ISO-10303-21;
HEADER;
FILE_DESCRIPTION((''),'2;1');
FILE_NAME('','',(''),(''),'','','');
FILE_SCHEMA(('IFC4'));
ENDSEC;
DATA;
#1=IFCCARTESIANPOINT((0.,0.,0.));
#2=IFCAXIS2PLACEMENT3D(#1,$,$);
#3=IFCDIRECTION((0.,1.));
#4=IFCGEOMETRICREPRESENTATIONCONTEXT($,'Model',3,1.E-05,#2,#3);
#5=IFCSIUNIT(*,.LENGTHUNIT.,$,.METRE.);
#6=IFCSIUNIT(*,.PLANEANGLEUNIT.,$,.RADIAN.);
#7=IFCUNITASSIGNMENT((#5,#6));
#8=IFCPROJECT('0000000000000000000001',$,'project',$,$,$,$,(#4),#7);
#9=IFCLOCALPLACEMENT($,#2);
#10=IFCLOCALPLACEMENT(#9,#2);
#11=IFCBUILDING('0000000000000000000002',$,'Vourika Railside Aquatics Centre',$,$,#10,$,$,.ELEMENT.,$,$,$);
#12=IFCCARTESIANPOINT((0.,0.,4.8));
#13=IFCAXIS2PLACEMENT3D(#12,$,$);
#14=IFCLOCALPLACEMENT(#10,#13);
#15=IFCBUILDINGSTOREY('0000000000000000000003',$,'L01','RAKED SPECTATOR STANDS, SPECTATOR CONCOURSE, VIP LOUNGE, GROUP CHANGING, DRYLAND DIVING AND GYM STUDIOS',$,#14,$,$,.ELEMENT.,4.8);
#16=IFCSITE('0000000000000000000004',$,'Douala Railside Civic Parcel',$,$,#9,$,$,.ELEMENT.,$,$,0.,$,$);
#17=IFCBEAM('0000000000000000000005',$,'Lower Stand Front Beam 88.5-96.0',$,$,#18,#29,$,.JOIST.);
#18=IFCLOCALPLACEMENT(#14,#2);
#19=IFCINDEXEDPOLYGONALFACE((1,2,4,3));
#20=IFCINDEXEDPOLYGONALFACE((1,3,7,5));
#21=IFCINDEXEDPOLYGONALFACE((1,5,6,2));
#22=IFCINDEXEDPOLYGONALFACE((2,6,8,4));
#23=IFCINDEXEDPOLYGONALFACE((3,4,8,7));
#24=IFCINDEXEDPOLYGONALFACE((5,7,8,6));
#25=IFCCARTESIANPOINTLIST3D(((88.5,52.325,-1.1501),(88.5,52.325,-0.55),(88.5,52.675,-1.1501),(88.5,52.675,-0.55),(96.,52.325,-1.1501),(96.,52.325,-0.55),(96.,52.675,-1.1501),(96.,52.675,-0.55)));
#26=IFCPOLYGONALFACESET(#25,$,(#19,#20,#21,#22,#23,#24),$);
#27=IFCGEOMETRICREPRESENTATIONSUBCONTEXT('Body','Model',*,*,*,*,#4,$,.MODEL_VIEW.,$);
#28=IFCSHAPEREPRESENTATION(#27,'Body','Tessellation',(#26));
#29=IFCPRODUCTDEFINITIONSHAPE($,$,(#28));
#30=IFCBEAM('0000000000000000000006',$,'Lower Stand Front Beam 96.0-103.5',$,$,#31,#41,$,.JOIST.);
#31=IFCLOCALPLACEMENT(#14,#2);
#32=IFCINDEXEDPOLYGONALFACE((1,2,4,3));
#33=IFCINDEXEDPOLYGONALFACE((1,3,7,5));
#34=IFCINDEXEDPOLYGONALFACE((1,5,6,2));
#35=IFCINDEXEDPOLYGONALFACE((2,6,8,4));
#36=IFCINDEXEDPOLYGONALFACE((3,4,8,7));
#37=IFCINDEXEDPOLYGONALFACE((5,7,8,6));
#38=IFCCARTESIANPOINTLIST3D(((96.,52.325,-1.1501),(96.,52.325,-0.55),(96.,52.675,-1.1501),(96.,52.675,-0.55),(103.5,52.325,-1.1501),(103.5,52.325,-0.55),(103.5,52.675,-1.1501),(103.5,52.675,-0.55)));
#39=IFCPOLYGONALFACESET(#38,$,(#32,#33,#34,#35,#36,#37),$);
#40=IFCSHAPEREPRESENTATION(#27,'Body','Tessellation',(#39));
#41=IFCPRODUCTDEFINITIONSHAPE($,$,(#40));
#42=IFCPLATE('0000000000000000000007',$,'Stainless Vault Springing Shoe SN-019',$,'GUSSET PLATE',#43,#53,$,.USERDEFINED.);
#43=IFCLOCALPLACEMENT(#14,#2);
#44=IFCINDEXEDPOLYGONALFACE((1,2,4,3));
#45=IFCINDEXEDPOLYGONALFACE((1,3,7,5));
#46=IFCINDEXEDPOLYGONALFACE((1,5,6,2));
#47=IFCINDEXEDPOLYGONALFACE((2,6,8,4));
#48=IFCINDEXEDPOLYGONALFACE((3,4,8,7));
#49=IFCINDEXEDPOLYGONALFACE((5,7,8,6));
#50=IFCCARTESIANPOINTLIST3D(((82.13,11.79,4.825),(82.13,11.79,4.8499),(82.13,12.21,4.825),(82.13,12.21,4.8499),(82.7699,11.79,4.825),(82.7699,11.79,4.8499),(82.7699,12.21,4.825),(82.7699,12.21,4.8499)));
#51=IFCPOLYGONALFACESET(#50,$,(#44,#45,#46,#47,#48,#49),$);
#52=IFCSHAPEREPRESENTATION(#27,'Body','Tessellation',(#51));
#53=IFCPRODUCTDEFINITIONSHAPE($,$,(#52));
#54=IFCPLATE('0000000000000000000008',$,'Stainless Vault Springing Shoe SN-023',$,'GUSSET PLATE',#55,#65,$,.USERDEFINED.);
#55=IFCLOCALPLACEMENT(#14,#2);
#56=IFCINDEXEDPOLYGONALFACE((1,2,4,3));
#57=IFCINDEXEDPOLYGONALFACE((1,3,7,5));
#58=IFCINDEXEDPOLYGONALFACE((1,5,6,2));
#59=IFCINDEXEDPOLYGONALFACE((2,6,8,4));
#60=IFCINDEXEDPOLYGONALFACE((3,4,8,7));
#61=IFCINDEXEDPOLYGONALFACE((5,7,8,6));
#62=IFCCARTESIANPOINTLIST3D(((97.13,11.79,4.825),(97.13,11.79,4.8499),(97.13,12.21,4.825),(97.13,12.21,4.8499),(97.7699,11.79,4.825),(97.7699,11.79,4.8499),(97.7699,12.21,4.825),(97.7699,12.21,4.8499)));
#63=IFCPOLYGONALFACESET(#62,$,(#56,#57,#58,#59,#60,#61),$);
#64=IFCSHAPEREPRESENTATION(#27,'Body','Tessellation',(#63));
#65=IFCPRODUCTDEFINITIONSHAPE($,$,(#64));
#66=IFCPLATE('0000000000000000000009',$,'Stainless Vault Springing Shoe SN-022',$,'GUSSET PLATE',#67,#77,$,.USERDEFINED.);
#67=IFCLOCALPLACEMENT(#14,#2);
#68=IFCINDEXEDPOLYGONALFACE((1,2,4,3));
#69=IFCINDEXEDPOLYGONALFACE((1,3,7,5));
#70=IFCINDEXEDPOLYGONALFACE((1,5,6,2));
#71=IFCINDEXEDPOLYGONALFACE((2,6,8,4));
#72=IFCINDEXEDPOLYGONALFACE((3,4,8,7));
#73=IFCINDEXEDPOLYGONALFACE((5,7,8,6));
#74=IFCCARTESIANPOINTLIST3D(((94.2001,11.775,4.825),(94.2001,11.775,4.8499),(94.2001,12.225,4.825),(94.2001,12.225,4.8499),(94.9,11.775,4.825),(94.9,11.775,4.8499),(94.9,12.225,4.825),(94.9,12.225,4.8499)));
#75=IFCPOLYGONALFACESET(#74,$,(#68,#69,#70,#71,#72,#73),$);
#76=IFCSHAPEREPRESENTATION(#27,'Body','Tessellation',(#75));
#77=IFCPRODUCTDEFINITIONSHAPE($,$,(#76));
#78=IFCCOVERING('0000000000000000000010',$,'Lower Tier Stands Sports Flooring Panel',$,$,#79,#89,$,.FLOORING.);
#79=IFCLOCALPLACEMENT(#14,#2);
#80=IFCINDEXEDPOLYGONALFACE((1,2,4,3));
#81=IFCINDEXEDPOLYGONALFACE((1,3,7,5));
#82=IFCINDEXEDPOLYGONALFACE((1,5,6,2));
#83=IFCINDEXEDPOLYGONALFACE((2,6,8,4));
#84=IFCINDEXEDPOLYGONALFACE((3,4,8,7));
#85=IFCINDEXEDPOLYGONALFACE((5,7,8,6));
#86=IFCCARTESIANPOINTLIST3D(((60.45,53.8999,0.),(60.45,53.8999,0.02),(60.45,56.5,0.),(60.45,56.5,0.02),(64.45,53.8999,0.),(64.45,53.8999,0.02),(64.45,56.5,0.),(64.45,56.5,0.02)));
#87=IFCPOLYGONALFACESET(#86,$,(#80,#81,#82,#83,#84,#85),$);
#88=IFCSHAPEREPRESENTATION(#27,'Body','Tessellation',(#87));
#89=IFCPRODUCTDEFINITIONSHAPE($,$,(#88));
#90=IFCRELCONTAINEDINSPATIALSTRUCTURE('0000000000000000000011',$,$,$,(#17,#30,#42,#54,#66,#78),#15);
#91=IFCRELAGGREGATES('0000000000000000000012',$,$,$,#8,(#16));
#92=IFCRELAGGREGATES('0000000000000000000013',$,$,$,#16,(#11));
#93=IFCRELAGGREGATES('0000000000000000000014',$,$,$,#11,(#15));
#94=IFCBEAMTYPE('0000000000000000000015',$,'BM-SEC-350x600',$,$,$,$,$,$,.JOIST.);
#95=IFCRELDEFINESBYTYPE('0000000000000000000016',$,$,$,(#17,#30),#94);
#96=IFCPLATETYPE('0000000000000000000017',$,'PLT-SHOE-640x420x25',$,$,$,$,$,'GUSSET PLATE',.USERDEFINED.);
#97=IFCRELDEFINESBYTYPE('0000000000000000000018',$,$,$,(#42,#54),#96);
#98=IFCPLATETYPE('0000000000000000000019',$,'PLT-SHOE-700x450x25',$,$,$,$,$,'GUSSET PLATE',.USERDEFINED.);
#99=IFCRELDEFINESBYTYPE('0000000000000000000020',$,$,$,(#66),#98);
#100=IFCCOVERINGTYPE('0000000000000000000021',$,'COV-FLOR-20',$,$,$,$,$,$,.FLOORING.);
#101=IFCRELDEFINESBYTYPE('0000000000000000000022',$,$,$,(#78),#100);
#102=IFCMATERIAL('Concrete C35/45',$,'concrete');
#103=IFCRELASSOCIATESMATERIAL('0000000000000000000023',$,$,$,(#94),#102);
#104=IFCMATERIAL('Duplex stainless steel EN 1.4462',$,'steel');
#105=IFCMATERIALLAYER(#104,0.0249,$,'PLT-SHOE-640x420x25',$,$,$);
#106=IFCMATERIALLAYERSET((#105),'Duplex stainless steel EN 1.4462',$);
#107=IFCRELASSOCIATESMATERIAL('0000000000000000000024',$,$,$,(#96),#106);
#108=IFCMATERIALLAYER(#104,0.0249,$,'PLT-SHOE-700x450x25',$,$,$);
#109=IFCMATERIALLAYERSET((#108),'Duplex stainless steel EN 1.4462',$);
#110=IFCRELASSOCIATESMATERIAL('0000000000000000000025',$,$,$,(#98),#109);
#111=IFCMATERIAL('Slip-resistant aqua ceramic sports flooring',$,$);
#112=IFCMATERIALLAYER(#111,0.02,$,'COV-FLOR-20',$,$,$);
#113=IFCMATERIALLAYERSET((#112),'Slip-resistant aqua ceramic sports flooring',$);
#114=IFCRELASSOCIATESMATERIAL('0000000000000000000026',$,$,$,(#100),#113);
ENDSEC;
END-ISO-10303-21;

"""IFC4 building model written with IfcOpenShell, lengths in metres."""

from ifc_helpers import new_model, si_unit, direction, frame, origin, origin_2d, place, context, subcontext, project, spatial, rectangle, extrude, material, layer, layer_set, material_profile, profile_set, type_object, element, save


model = new_model("IFC4")

# Units and contexts
model_context = context("Model", 3, precision=1e-05, world=origin(), true_north=direction((0.0, 1.0)))
body_context = subcontext(model_context, "Body", "Model", "MODEL_VIEW")
ifc_project = project(units=[si_unit("LENGTHUNIT", "METRE"), si_unit("PLANEANGLEUNIT", "RADIAN")], contexts=[model_context])

# Site, building, storey
site_placement = place(None, origin())
site = spatial("IfcSite", under=ifc_project, at=site_placement, Name="Douala Railside Civic Parcel", CompositionType="ELEMENT", RefElevation=0.0)
building_placement = place(site_placement, origin())
building = spatial("IfcBuilding", under=site, at=building_placement, Name="Vourika Railside Aquatics Centre", CompositionType="ELEMENT")
storey_placement = place(building_placement, frame((0.0, 0.0, 4.8)))
storey = spatial("IfcBuildingStorey", under=building, at=storey_placement, Name="L01", Description="RAKED SPECTATOR STANDS, SPECTATOR CONCOURSE, VIP LOUNGE, GROUP CHANGING, DRYLAND DIVING AND GYM STUDIOS", CompositionType="ELEMENT", Elevation=4.8)

# Beams
ifc_material_1 = material(Name="Concrete C35/45", Category="concrete")
ifc_material_profile_1 = material_profile(ifc_material_1, rectangle(XDim=0.3501, YDim=0.6001, at=origin_2d()), Name="RC 350x600")
ifc_profile_set_1 = profile_set([ifc_material_profile_1], Name="Concrete C35/45")
beam_type_1 = type_object("IfcBeamType", Name="BM-SEC-350x600", PredefinedType="JOIST", material=ifc_profile_set_1)
for number, where, z_axis, x_axis, name in (
    (1, (88.5, 52.5, -0.8501), (1.0, 0.0, 0.0), (0.0, 1.0, 0.0), "Lower Stand Front Beam 88.5-96.0"),
    (2, (96.0, 52.5, -0.8501), (1.0, 0.0, 0.0), (0.0, 1.0, 0.0), "Lower Stand Front Beam 96.0-103.5"),
):
    element("IfcBeam", number, at=place(storey_placement, frame(where, z_axis=z_axis, x_axis=x_axis)), inside=storey, type_object=beam_type_1, Name=name, PredefinedType="JOIST", context=body_context, shape_type="SweptSolid", body=[
        extrude(rectangle(XDim=0.3501, YDim=0.6001, at=origin_2d()), origin(), (0.0, 0.0, 1.0), 7.5),
    ])

# Plates
ifc_material_2 = material(Name="Duplex stainless steel EN 1.4462", Category="steel")
ifc_layer_1 = layer(ifc_material_2, 0.0249, Name="PLT-SHOE-640x420x25")
ifc_layer_set_1 = layer_set([ifc_layer_1], Name="Duplex stainless steel EN 1.4462")
plate_type_1 = type_object("IfcPlateType", Name="PLT-SHOE-640x420x25", ElementType="GUSSET PLATE", PredefinedType="USERDEFINED", material=ifc_layer_set_1)
for number, where, z_axis, x_axis, name in (
    (3, (82.45, 12.0, 4.825), (0.0, 0.0, 1.0), (1.0, 0.0, 0.0), "Stainless Vault Springing Shoe SN-019"),
    (4, (97.45, 12.0, 4.825), (0.0, 0.0, 1.0), (1.0, 0.0, 0.0), "Stainless Vault Springing Shoe SN-023"),
):
    element("IfcPlate", number, at=place(storey_placement, frame(where, z_axis=z_axis, x_axis=x_axis)), inside=storey, type_object=plate_type_1, Name=name, ObjectType="GUSSET PLATE", PredefinedType="USERDEFINED", context=body_context, shape_type="SweptSolid", body=[
        extrude(rectangle(XDim=0.6399, YDim=0.4199, at=origin_2d()), origin(), (0.0, 0.0, 1.0), 0.0249),
    ])
ifc_layer_2 = layer(ifc_material_2, 0.0249, Name="PLT-SHOE-700x450x25")
ifc_layer_set_2 = layer_set([ifc_layer_2], Name="Duplex stainless steel EN 1.4462")
plate_type_2 = type_object("IfcPlateType", Name="PLT-SHOE-700x450x25", ElementType="GUSSET PLATE", PredefinedType="USERDEFINED", material=ifc_layer_set_2)
plate_placement = place(storey_placement, frame((94.55, 12.0, 4.825), z_axis=(0.0, 0.0, 1.0), x_axis=(1.0, 0.0, 0.0)))
element("IfcPlate", 5, at=plate_placement, inside=storey, type_object=plate_type_2, Name="Stainless Vault Springing Shoe SN-022", ObjectType="GUSSET PLATE", PredefinedType="USERDEFINED", context=body_context, shape_type="SweptSolid", body=[
    extrude(rectangle(XDim=0.7, YDim=0.45, at=origin_2d()), origin(), (0.0, 0.0, 1.0), 0.0249),
])

# Covering
ifc_material_3 = material(Name="Slip-resistant aqua ceramic sports flooring")
ifc_layer_3 = layer(ifc_material_3, 0.02, Name="COV-FLOR-20")
ifc_layer_set_3 = layer_set([ifc_layer_3], Name="Slip-resistant aqua ceramic sports flooring")
covering_type = type_object("IfcCoveringType", Name="COV-FLOR-20", PredefinedType="FLOORING", material=ifc_layer_set_3)
covering_placement = place(storey_placement, frame((62.45, 55.2, 0.0), z_axis=(0.0, 0.0, 1.0), x_axis=(1.0, 0.0, 0.0)))
element("IfcCovering", 6, at=covering_placement, inside=storey, type_object=covering_type, Name="Lower Tier Stands Sports Flooring Panel", PredefinedType="FLOORING", context=body_context, shape_type="SweptSolid", body=[
    extrude(rectangle(XDim=4.0, YDim=2.6001, at=origin_2d()), origin(), (0.0, 0.0, 1.0), 0.02),
])

save(model, "model.ifc")
